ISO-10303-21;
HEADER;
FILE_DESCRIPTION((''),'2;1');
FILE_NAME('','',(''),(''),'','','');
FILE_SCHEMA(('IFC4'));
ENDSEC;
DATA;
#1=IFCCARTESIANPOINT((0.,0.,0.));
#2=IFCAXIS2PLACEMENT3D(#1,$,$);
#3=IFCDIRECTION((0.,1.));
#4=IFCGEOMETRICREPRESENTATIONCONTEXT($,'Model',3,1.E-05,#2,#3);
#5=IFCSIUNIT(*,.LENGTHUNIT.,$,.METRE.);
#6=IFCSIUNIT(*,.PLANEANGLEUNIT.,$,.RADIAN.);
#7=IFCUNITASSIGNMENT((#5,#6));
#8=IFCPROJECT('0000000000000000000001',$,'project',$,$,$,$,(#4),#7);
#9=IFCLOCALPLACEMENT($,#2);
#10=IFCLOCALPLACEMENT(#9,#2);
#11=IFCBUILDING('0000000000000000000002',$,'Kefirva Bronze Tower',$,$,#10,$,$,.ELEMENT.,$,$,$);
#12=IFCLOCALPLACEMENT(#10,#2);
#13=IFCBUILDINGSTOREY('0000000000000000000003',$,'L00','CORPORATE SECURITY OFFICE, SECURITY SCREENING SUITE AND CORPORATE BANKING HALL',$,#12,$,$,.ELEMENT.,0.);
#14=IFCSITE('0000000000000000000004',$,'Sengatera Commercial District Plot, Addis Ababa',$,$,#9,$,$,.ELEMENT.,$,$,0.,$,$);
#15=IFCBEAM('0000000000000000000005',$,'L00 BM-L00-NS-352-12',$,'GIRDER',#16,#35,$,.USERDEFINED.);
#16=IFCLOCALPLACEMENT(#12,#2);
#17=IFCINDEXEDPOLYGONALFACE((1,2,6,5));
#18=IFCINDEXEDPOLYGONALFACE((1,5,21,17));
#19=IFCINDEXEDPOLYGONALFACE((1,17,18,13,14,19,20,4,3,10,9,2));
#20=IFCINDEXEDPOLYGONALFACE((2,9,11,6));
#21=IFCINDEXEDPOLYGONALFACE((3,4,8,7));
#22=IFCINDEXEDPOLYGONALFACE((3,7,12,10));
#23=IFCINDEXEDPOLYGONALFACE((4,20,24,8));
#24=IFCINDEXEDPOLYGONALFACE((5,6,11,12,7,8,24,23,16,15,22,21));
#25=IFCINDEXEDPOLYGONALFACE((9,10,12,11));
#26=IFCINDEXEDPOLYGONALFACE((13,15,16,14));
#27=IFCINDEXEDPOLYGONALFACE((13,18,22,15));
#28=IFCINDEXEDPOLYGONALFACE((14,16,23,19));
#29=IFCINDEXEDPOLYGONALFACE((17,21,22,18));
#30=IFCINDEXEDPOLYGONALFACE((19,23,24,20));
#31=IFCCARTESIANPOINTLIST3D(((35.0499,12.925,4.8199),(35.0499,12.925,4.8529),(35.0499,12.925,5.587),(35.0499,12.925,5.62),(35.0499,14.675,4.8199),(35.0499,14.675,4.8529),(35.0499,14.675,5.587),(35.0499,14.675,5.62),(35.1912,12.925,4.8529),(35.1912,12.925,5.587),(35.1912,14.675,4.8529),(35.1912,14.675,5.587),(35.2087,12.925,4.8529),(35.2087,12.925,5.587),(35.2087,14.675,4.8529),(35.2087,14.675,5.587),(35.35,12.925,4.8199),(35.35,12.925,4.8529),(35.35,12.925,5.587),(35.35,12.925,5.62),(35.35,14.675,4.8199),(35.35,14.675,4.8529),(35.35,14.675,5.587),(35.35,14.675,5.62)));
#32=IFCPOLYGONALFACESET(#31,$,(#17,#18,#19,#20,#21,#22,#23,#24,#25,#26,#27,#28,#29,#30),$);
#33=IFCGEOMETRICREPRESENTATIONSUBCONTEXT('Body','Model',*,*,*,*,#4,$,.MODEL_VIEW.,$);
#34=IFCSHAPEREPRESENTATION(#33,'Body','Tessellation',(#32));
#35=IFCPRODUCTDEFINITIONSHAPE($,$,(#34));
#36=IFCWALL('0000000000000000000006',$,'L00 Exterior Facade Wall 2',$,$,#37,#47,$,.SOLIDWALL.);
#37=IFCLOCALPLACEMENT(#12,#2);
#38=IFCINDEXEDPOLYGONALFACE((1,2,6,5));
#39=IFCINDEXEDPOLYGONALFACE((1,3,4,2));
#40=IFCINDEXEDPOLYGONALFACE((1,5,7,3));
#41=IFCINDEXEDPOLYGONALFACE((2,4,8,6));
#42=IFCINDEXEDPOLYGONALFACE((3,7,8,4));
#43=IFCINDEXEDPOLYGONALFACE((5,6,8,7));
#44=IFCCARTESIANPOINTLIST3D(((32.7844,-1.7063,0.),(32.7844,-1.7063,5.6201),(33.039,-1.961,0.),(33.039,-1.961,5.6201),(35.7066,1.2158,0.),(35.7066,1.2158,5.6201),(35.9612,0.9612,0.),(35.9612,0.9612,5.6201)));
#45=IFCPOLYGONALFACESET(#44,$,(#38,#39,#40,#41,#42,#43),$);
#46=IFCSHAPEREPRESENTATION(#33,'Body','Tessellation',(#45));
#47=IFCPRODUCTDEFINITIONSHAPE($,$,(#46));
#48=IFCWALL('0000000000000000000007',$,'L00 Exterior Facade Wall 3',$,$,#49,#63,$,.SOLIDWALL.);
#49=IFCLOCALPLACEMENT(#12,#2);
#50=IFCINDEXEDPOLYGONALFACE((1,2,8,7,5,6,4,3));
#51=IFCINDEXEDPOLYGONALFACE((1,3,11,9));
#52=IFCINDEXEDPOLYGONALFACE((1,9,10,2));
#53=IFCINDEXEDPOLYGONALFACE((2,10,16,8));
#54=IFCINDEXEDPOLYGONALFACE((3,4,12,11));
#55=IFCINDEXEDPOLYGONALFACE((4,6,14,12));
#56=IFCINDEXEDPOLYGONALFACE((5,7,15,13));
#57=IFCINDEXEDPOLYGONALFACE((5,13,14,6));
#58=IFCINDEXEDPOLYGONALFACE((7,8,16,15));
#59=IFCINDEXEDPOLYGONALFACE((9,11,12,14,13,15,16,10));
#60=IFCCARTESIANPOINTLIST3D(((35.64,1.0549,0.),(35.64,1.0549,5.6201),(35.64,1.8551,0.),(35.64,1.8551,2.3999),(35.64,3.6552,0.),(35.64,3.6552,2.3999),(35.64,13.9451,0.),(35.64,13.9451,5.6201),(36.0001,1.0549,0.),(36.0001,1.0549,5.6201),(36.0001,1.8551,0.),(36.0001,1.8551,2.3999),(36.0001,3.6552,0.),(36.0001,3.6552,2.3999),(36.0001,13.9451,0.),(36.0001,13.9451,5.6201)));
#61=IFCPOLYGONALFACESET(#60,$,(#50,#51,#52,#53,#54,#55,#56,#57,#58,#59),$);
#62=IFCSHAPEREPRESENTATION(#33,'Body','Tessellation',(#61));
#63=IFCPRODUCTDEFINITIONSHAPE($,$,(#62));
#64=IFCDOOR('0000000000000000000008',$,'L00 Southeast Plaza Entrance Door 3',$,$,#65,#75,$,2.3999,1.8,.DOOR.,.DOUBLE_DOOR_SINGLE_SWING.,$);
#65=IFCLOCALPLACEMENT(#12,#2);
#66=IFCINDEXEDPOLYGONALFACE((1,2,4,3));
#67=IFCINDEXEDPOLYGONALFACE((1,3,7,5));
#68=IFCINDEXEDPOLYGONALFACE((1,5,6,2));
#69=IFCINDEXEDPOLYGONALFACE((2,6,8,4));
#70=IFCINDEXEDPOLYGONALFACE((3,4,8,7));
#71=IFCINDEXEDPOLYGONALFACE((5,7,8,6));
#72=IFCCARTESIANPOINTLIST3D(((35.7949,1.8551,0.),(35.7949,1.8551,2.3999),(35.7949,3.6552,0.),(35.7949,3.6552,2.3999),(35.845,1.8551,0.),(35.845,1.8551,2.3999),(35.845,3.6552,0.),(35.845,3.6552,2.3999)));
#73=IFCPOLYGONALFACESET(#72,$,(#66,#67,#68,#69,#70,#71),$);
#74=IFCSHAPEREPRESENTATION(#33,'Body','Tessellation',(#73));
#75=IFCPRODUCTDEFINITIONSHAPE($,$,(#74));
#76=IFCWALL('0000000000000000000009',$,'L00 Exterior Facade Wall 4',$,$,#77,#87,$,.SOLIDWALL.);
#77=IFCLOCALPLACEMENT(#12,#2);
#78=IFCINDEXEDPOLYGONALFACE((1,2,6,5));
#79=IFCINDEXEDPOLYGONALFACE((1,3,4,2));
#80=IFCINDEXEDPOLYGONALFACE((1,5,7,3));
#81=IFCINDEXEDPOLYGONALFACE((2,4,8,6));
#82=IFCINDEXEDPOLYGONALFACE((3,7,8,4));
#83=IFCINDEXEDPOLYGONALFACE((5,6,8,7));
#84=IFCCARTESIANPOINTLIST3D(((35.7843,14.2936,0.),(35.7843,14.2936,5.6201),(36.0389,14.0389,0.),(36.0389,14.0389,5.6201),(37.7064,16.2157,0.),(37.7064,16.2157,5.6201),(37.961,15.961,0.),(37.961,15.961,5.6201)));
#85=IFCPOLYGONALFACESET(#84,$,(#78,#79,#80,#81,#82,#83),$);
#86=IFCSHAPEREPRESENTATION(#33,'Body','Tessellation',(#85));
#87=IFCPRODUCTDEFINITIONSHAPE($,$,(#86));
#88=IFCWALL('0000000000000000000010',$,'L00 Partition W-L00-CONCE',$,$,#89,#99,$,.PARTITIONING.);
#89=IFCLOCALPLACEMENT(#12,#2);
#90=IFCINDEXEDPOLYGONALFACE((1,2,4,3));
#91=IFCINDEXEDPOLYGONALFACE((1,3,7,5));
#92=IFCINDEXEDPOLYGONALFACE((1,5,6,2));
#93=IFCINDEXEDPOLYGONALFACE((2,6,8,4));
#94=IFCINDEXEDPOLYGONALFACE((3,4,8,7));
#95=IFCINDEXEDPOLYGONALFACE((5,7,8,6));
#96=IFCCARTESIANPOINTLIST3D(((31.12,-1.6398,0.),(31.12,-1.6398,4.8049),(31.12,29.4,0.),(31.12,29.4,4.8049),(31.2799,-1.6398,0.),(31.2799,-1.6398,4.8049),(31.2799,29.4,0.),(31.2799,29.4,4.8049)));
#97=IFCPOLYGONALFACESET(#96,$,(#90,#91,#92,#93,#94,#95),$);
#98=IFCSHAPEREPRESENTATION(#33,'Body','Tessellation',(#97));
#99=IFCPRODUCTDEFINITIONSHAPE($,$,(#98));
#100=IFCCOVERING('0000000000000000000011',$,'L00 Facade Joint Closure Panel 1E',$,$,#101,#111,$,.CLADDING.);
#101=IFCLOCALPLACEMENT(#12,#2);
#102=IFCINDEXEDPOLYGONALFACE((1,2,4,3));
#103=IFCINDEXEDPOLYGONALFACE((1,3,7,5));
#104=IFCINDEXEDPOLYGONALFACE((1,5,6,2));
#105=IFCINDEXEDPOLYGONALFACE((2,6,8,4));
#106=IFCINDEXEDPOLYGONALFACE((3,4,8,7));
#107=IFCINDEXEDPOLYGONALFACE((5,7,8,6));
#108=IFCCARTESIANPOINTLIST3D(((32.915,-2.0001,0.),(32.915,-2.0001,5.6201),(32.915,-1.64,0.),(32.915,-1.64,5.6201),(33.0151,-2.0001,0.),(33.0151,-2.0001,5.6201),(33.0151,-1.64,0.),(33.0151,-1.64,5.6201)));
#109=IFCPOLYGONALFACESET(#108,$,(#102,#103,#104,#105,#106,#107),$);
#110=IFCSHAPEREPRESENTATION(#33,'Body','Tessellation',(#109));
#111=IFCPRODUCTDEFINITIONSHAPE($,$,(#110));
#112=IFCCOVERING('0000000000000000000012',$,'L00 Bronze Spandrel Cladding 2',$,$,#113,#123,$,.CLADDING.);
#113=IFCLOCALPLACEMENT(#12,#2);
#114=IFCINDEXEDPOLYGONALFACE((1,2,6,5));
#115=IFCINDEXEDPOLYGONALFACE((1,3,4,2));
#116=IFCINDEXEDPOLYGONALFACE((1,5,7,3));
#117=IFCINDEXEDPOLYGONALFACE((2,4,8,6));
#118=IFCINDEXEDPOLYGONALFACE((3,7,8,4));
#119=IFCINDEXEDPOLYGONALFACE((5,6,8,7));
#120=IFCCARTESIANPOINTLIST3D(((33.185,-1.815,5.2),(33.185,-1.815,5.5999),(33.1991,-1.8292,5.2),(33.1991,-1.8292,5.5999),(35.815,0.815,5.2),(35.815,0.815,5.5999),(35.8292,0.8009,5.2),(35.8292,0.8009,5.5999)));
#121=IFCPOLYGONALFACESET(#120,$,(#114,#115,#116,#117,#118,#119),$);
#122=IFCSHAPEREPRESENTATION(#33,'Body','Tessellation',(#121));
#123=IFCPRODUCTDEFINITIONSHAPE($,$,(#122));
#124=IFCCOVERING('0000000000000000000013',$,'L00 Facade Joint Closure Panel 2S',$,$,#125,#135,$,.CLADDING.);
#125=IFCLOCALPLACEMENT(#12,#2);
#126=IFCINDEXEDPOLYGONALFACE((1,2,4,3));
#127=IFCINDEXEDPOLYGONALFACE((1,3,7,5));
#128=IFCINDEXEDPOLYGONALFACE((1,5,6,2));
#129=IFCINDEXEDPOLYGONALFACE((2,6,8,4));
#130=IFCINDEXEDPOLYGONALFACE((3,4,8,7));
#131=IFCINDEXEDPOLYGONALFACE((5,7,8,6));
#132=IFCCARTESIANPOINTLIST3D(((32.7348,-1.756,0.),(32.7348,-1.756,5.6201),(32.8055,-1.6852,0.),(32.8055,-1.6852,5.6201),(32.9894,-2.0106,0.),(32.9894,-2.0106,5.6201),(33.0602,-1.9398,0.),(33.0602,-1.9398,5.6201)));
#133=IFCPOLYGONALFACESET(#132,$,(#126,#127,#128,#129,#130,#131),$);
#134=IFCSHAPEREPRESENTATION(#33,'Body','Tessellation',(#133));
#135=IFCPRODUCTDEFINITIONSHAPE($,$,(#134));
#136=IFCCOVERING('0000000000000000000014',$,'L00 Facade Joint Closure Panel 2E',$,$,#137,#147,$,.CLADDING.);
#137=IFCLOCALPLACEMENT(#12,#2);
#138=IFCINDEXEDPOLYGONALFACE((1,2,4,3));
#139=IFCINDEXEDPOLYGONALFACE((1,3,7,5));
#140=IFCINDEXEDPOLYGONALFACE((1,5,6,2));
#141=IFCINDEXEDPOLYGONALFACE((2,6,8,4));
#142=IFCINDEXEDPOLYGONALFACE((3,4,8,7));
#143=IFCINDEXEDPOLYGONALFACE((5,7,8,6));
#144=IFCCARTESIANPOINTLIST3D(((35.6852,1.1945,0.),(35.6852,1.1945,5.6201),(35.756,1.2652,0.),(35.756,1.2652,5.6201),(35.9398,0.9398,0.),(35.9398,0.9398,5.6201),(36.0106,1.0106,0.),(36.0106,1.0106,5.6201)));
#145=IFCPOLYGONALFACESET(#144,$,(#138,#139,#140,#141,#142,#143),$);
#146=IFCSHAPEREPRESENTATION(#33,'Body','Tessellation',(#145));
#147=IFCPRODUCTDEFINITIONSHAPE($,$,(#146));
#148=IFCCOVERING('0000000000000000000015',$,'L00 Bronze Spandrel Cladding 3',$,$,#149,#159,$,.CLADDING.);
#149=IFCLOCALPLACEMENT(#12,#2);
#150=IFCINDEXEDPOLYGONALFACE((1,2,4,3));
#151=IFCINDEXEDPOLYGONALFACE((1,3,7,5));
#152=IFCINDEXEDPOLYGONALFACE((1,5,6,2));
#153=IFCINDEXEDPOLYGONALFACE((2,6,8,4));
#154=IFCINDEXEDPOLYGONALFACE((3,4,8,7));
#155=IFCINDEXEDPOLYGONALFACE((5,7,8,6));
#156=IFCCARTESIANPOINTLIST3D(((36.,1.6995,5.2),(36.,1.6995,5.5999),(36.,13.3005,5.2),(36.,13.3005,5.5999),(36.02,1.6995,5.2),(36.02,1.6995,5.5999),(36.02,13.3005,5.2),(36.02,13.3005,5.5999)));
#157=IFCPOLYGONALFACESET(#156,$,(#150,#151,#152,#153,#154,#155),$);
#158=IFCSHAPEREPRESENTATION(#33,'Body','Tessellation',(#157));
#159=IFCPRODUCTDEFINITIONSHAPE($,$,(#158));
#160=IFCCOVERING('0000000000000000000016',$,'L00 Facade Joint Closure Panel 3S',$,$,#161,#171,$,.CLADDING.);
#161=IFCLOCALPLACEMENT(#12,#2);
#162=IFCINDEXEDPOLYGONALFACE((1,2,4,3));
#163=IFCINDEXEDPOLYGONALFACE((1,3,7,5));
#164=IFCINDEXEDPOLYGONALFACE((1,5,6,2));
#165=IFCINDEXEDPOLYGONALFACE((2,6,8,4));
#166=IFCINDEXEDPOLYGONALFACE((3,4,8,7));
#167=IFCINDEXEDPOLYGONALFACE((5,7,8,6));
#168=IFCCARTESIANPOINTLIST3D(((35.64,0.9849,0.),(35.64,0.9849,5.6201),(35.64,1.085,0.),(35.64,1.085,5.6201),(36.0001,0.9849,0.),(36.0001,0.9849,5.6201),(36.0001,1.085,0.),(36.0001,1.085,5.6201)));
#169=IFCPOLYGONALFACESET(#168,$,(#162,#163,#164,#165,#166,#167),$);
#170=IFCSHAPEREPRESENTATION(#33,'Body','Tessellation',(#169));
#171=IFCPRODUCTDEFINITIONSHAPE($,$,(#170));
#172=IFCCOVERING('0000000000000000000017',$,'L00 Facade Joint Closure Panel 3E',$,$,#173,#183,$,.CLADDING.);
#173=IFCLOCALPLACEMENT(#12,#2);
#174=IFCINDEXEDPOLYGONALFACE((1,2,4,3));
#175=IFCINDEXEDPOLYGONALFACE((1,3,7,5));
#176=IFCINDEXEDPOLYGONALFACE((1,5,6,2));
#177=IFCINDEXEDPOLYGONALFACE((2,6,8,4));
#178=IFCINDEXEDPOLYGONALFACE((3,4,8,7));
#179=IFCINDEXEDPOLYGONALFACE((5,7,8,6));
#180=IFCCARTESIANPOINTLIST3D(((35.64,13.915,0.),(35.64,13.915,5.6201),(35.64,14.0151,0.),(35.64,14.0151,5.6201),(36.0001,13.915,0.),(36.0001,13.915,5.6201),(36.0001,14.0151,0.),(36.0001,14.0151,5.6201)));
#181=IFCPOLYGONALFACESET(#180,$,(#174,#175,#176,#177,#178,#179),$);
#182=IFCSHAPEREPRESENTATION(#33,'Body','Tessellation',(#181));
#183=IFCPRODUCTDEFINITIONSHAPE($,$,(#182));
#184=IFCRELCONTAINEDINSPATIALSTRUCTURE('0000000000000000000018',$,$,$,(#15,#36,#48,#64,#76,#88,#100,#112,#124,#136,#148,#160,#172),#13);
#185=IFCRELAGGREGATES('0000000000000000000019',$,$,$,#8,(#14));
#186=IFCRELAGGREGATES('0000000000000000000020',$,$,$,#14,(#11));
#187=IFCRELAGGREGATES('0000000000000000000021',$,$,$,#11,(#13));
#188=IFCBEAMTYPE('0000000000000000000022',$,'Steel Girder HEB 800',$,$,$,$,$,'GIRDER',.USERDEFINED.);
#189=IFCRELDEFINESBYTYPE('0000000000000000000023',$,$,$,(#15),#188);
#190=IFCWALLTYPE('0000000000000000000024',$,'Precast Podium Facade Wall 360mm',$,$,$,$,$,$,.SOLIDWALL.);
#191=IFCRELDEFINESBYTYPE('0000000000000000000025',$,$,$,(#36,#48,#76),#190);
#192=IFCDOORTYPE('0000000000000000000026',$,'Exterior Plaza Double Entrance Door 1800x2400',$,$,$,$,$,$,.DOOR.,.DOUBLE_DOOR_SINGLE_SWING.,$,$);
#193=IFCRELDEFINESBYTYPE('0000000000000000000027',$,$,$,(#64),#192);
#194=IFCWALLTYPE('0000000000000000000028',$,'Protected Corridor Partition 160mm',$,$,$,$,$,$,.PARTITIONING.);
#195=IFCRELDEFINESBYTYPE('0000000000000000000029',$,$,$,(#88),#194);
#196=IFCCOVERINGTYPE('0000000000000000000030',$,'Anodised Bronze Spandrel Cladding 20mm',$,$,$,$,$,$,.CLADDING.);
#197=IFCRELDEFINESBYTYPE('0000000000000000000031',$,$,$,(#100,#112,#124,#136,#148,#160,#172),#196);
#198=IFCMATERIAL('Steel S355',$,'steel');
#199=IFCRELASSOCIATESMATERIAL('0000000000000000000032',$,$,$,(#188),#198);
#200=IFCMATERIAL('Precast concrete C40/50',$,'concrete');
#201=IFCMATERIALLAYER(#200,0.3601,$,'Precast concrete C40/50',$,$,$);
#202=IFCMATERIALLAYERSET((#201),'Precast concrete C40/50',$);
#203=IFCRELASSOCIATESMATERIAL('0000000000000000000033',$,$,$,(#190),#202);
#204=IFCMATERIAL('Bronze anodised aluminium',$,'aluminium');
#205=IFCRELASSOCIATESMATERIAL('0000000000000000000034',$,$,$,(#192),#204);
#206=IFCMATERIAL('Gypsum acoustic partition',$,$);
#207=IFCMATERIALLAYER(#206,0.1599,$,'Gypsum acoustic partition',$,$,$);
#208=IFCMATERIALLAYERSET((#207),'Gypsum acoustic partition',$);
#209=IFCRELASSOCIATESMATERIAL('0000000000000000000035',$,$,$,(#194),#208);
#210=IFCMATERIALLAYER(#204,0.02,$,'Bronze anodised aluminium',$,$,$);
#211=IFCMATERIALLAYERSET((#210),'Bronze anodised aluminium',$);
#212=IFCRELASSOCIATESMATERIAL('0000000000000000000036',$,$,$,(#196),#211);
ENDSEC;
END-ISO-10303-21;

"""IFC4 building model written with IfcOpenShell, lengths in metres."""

from ifc_helpers import new_model, si_unit, direction, frame, frame_2d, origin, origin_2d, place, context, subcontext, project, spatial, rectangle, i_section, extrude, material, layer, layer_set, material_profile, profile_set, type_object, element, fill, save


model = new_model("IFC4")

# Units and contexts
model_context = context("Model", 3, precision=1e-05, world=origin(), true_north=direction((0.0, 1.0)))
body_context = subcontext(model_context, "Body", "Model", "MODEL_VIEW")
ifc_project = project(units=[si_unit("LENGTHUNIT", "METRE"), si_unit("PLANEANGLEUNIT", "RADIAN")], contexts=[model_context])

# Site, building, storey
site_placement = place(None, origin())
site = spatial("IfcSite", under=ifc_project, at=site_placement, Name="Sengatera Commercial District Plot, Addis Ababa", CompositionType="ELEMENT", RefElevation=0.0)
building_placement = place(site_placement, origin())
building = spatial("IfcBuilding", under=site, at=building_placement, Name="Kefirva Bronze Tower", CompositionType="ELEMENT")
storey_placement = place(building_placement, origin())
storey = spatial("IfcBuildingStorey", under=building, at=storey_placement, Name="L00", Description="CORPORATE SECURITY OFFICE, SECURITY SCREENING SUITE AND CORPORATE BANKING HALL", CompositionType="ELEMENT", Elevation=0.0)

# Beam
ifc_material_1 = material(Name="Steel S355", Category="steel")
ifc_material_profile_1 = material_profile(ifc_material_1, i_section(OverallWidth=0.3, OverallDepth=0.8, WebThickness=0.0176, FlangeThickness=0.033, at=origin_2d()), Name="HEB 800")
ifc_profile_set_1 = profile_set([ifc_material_profile_1], Name="Steel S355")
beam_type_1 = type_object("IfcBeamType", Name="Steel Girder HEB 800", ElementType="GIRDER", PredefinedType="USERDEFINED", material=ifc_profile_set_1)
beam_1_placement = place(storey_placement, frame((35.2, 12.925, 5.22), z_axis=(0.0, 1.0, 0.0), x_axis=(-1.0, 0.0, 0.0)))
element("IfcBeam", 1, at=beam_1_placement, inside=storey, type_object=beam_type_1, Name="L00 BM-L00-NS-352-12", ObjectType="GIRDER", PredefinedType="USERDEFINED", context=body_context, shape_type="SweptSolid", body=[
    extrude(i_section(OverallWidth=0.3, OverallDepth=0.8, WebThickness=0.0176, FlangeThickness=0.033, at=origin_2d()), origin(), (0.0, 0.0, 1.0), 1.75),
])

# Wall
ifc_material_2 = material(Name="Precast concrete C40/50", Category="concrete")
ifc_layer_1 = layer(ifc_material_2, 0.3601, Name="Precast concrete C40/50")
ifc_layer_set_1 = layer_set([ifc_layer_1], Name="Precast concrete C40/50")
wall_type_1 = type_object("IfcWallType", Name="Precast Podium Facade Wall 360mm", PredefinedType="SOLIDWALL", material=ifc_layer_set_1)
wall_1_placement = place(storey_placement, frame((32.9116, -1.8337, 0.0), z_axis=(0.0, 0.0, 1.0), x_axis=(0.707107, 0.707107, 0.0)))
element("IfcWall", 2, at=wall_1_placement, inside=storey, type_object=wall_type_1, Name="L00 Exterior Facade Wall 2", PredefinedType="SOLIDWALL", context=body_context, shape_type="SweptSolid", body=[
    extrude(rectangle(XDim=4.1326, YDim=0.3601, at=frame_2d((2.0664, 0.0))), origin(), (0.0, 0.0, 1.0), 5.6201),
])

# Wall, opening, door
wall_2_placement = place(storey_placement, frame((35.8201, 1.0549, 0.0), z_axis=(0.0, 0.0, 1.0), x_axis=(0.0, 1.0, 0.0)))
wall_2 = element("IfcWall", 3, at=wall_2_placement, inside=storey, type_object=wall_type_1, Name="L00 Exterior Facade Wall 3", PredefinedType="SOLIDWALL", context=body_context, shape_type="SweptSolid", body=[
    extrude(rectangle(XDim=12.8901, YDim=0.3601, at=frame_2d((6.4451, 0.0))), origin(), (0.0, 0.0, 1.0), 5.6201),
])
opening_placement = place(wall_2_placement, frame((2.6001, 0.0, 0.0), z_axis=(0.0, 0.0, 1.0), x_axis=(-1.0, 0.0, 0.0)))
opening = element("IfcOpeningElement", 4, at=opening_placement, cuts=wall_2, PredefinedType="OPENING", context=body_context, shape_type="SweptSolid", body=[
    extrude(rectangle(XDim=1.8, YDim=2.3999, at=frame_2d((0.8999, 1.2))), frame((0.0, 0.1899, 0.0), z_axis=(0.0, -1.0, 0.0), x_axis=(1.0, 0.0, 0.0)), (0.0, 0.0, 1.0), 0.3801),
])
ifc_material_3 = material(Name="Bronze anodised aluminium", Category="aluminium")
door_type = type_object("IfcDoorType", Name="Exterior Plaza Double Entrance Door 1800x2400", OperationType="DOUBLE_DOOR_SINGLE_SWING", PredefinedType="DOOR", material=ifc_material_3)
door_placement = place(opening_placement, origin())
door = element("IfcDoor", 5, at=door_placement, inside=storey, type_object=door_type, Name="L00 Southeast Plaza Entrance Door 3", OperationType="DOUBLE_DOOR_SINGLE_SWING", OverallHeight=2.3999, OverallWidth=1.8, PredefinedType="DOOR", context=body_context, shape_type="SweptSolid", body=[
    extrude(rectangle(XDim=1.8, YDim=2.3999, at=frame_2d((0.8999, 1.2))), frame((0.0, 0.0249, 0.0), z_axis=(0.0, -1.0, 0.0), x_axis=(1.0, 0.0, 0.0)), (0.0, 0.0, 1.0), 0.05),
])
fill(opening, door)

# Walls
wall_3_placement = place(storey_placement, frame((35.9116, 14.1663, 0.0), z_axis=(0.0, 0.0, 1.0), x_axis=(0.707107, 0.707107, 0.0)))
element("IfcWall", 6, at=wall_3_placement, inside=storey, type_object=wall_type_1, Name="L00 Exterior Facade Wall 4", PredefinedType="SOLIDWALL", context=body_context, shape_type="SweptSolid", body=[
    extrude(rectangle(XDim=2.7183, YDim=0.3601, at=frame_2d((1.3591, 0.0))), origin(), (0.0, 0.0, 1.0), 5.6201),
])
ifc_material_4 = material(Name="Gypsum acoustic partition")
ifc_layer_2 = layer(ifc_material_4, 0.1599, Name="Gypsum acoustic partition")
ifc_layer_set_2 = layer_set([ifc_layer_2], Name="Gypsum acoustic partition")
wall_type_2 = type_object("IfcWallType", Name="Protected Corridor Partition 160mm", PredefinedType="PARTITIONING", material=ifc_layer_set_2)
wall_4_placement = place(storey_placement, frame((31.2, -1.6399, 0.0), z_axis=(0.0, 0.0, 1.0), x_axis=(0.0, 1.0, 0.0)))
element("IfcWall", 7, at=wall_4_placement, inside=storey, type_object=wall_type_2, Name="L00 Partition W-L00-CONCE", PredefinedType="PARTITIONING", context=body_context, shape_type="SweptSolid", body=[
    extrude(rectangle(XDim=31.0398, YDim=0.1599, at=frame_2d((15.52, 0.0))), origin(), (0.0, 0.0, 1.0), 4.8049),
])

# Coverings
ifc_layer_3 = layer(ifc_material_3, 0.02, Name="Bronze anodised aluminium")
ifc_layer_set_3 = layer_set([ifc_layer_3], Name="Bronze anodised aluminium")
covering_type_1 = type_object("IfcCoveringType", Name="Anodised Bronze Spandrel Cladding 20mm", PredefinedType="CLADDING", material=ifc_layer_set_3)
covering_1_placement = place(storey_placement, frame((32.9651, -1.8201, 0.0), z_axis=(0.0, 0.0, 1.0), x_axis=(1.0, 0.0, 0.0)))
element("IfcCovering", 8, at=covering_1_placement, inside=storey, type_object=covering_type_1, Name="L00 Facade Joint Closure Panel 1E", PredefinedType="CLADDING", context=body_context, shape_type="SweptSolid", body=[
    extrude(rectangle(XDim=0.1001, YDim=0.3601, at=origin_2d()), origin(), (0.0, 0.0, 1.0), 5.6201),
])
covering_2_placement = place(storey_placement, frame((34.5071, -0.5071, 5.2), z_axis=(0.0, 0.0, 1.0), x_axis=(0.707107, 0.707107, 0.0)))
element("IfcCovering", 9, at=covering_2_placement, inside=storey, type_object=covering_type_1, Name="L00 Bronze Spandrel Cladding 2", PredefinedType="CLADDING", context=body_context, shape_type="SweptSolid", body=[
    extrude(rectangle(XDim=3.7195, YDim=0.02, at=origin_2d()), origin(), (0.0, 0.0, 1.0), 0.3999),
])
for number, where, z_axis, x_axis, name in (
    (10, (32.8975, -1.8479, 0.0), (0.0, 0.0, 1.0), (0.707107, 0.707107, 0.0), "L00 Facade Joint Closure Panel 2S"),
    (11, (35.8479, 1.1025, 0.0), (0.0, 0.0, 1.0), (0.707107, 0.707107, 0.0), "L00 Facade Joint Closure Panel 2E"),
):
    element("IfcCovering", number, at=place(storey_placement, frame(where, z_axis=z_axis, x_axis=x_axis)), inside=storey, type_object=covering_type_1, Name=name, PredefinedType="CLADDING", context=body_context, shape_type="SweptSolid", body=[
        extrude(rectangle(XDim=0.1001, YDim=0.3601, at=origin_2d()), origin(), (0.0, 0.0, 1.0), 5.6201),
    ])
covering_3_placement = place(storey_placement, frame((36.01, 7.5, 5.2), z_axis=(0.0, 0.0, 1.0), x_axis=(0.0, 1.0, 0.0)))
element("IfcCovering", 12, at=covering_3_placement, inside=storey, type_object=covering_type_1, Name="L00 Bronze Spandrel Cladding 3", PredefinedType="CLADDING", context=body_context, shape_type="SweptSolid", body=[
    extrude(rectangle(XDim=11.6011, YDim=0.02, at=origin_2d()), origin(), (0.0, 0.0, 1.0), 0.3999),
])
for number, where, z_axis, x_axis, name in (
    (13, (35.8201, 1.0349, 0.0), (0.0, 0.0, 1.0), (0.0, 1.0, 0.0), "L00 Facade Joint Closure Panel 3S"),
    (14, (35.8201, 13.9651, 0.0), (0.0, 0.0, 1.0), (0.0, 1.0, 0.0), "L00 Facade Joint Closure Panel 3E"),
):
    element("IfcCovering", number, at=place(storey_placement, frame(where, z_axis=z_axis, x_axis=x_axis)), inside=storey, type_object=covering_type_1, Name=name, PredefinedType="CLADDING", context=body_context, shape_type="SweptSolid", body=[
        extrude(rectangle(XDim=0.1001, YDim=0.3601, at=origin_2d()), origin(), (0.0, 0.0, 1.0), 5.6201),
    ])

save(model, "model.ifc")
